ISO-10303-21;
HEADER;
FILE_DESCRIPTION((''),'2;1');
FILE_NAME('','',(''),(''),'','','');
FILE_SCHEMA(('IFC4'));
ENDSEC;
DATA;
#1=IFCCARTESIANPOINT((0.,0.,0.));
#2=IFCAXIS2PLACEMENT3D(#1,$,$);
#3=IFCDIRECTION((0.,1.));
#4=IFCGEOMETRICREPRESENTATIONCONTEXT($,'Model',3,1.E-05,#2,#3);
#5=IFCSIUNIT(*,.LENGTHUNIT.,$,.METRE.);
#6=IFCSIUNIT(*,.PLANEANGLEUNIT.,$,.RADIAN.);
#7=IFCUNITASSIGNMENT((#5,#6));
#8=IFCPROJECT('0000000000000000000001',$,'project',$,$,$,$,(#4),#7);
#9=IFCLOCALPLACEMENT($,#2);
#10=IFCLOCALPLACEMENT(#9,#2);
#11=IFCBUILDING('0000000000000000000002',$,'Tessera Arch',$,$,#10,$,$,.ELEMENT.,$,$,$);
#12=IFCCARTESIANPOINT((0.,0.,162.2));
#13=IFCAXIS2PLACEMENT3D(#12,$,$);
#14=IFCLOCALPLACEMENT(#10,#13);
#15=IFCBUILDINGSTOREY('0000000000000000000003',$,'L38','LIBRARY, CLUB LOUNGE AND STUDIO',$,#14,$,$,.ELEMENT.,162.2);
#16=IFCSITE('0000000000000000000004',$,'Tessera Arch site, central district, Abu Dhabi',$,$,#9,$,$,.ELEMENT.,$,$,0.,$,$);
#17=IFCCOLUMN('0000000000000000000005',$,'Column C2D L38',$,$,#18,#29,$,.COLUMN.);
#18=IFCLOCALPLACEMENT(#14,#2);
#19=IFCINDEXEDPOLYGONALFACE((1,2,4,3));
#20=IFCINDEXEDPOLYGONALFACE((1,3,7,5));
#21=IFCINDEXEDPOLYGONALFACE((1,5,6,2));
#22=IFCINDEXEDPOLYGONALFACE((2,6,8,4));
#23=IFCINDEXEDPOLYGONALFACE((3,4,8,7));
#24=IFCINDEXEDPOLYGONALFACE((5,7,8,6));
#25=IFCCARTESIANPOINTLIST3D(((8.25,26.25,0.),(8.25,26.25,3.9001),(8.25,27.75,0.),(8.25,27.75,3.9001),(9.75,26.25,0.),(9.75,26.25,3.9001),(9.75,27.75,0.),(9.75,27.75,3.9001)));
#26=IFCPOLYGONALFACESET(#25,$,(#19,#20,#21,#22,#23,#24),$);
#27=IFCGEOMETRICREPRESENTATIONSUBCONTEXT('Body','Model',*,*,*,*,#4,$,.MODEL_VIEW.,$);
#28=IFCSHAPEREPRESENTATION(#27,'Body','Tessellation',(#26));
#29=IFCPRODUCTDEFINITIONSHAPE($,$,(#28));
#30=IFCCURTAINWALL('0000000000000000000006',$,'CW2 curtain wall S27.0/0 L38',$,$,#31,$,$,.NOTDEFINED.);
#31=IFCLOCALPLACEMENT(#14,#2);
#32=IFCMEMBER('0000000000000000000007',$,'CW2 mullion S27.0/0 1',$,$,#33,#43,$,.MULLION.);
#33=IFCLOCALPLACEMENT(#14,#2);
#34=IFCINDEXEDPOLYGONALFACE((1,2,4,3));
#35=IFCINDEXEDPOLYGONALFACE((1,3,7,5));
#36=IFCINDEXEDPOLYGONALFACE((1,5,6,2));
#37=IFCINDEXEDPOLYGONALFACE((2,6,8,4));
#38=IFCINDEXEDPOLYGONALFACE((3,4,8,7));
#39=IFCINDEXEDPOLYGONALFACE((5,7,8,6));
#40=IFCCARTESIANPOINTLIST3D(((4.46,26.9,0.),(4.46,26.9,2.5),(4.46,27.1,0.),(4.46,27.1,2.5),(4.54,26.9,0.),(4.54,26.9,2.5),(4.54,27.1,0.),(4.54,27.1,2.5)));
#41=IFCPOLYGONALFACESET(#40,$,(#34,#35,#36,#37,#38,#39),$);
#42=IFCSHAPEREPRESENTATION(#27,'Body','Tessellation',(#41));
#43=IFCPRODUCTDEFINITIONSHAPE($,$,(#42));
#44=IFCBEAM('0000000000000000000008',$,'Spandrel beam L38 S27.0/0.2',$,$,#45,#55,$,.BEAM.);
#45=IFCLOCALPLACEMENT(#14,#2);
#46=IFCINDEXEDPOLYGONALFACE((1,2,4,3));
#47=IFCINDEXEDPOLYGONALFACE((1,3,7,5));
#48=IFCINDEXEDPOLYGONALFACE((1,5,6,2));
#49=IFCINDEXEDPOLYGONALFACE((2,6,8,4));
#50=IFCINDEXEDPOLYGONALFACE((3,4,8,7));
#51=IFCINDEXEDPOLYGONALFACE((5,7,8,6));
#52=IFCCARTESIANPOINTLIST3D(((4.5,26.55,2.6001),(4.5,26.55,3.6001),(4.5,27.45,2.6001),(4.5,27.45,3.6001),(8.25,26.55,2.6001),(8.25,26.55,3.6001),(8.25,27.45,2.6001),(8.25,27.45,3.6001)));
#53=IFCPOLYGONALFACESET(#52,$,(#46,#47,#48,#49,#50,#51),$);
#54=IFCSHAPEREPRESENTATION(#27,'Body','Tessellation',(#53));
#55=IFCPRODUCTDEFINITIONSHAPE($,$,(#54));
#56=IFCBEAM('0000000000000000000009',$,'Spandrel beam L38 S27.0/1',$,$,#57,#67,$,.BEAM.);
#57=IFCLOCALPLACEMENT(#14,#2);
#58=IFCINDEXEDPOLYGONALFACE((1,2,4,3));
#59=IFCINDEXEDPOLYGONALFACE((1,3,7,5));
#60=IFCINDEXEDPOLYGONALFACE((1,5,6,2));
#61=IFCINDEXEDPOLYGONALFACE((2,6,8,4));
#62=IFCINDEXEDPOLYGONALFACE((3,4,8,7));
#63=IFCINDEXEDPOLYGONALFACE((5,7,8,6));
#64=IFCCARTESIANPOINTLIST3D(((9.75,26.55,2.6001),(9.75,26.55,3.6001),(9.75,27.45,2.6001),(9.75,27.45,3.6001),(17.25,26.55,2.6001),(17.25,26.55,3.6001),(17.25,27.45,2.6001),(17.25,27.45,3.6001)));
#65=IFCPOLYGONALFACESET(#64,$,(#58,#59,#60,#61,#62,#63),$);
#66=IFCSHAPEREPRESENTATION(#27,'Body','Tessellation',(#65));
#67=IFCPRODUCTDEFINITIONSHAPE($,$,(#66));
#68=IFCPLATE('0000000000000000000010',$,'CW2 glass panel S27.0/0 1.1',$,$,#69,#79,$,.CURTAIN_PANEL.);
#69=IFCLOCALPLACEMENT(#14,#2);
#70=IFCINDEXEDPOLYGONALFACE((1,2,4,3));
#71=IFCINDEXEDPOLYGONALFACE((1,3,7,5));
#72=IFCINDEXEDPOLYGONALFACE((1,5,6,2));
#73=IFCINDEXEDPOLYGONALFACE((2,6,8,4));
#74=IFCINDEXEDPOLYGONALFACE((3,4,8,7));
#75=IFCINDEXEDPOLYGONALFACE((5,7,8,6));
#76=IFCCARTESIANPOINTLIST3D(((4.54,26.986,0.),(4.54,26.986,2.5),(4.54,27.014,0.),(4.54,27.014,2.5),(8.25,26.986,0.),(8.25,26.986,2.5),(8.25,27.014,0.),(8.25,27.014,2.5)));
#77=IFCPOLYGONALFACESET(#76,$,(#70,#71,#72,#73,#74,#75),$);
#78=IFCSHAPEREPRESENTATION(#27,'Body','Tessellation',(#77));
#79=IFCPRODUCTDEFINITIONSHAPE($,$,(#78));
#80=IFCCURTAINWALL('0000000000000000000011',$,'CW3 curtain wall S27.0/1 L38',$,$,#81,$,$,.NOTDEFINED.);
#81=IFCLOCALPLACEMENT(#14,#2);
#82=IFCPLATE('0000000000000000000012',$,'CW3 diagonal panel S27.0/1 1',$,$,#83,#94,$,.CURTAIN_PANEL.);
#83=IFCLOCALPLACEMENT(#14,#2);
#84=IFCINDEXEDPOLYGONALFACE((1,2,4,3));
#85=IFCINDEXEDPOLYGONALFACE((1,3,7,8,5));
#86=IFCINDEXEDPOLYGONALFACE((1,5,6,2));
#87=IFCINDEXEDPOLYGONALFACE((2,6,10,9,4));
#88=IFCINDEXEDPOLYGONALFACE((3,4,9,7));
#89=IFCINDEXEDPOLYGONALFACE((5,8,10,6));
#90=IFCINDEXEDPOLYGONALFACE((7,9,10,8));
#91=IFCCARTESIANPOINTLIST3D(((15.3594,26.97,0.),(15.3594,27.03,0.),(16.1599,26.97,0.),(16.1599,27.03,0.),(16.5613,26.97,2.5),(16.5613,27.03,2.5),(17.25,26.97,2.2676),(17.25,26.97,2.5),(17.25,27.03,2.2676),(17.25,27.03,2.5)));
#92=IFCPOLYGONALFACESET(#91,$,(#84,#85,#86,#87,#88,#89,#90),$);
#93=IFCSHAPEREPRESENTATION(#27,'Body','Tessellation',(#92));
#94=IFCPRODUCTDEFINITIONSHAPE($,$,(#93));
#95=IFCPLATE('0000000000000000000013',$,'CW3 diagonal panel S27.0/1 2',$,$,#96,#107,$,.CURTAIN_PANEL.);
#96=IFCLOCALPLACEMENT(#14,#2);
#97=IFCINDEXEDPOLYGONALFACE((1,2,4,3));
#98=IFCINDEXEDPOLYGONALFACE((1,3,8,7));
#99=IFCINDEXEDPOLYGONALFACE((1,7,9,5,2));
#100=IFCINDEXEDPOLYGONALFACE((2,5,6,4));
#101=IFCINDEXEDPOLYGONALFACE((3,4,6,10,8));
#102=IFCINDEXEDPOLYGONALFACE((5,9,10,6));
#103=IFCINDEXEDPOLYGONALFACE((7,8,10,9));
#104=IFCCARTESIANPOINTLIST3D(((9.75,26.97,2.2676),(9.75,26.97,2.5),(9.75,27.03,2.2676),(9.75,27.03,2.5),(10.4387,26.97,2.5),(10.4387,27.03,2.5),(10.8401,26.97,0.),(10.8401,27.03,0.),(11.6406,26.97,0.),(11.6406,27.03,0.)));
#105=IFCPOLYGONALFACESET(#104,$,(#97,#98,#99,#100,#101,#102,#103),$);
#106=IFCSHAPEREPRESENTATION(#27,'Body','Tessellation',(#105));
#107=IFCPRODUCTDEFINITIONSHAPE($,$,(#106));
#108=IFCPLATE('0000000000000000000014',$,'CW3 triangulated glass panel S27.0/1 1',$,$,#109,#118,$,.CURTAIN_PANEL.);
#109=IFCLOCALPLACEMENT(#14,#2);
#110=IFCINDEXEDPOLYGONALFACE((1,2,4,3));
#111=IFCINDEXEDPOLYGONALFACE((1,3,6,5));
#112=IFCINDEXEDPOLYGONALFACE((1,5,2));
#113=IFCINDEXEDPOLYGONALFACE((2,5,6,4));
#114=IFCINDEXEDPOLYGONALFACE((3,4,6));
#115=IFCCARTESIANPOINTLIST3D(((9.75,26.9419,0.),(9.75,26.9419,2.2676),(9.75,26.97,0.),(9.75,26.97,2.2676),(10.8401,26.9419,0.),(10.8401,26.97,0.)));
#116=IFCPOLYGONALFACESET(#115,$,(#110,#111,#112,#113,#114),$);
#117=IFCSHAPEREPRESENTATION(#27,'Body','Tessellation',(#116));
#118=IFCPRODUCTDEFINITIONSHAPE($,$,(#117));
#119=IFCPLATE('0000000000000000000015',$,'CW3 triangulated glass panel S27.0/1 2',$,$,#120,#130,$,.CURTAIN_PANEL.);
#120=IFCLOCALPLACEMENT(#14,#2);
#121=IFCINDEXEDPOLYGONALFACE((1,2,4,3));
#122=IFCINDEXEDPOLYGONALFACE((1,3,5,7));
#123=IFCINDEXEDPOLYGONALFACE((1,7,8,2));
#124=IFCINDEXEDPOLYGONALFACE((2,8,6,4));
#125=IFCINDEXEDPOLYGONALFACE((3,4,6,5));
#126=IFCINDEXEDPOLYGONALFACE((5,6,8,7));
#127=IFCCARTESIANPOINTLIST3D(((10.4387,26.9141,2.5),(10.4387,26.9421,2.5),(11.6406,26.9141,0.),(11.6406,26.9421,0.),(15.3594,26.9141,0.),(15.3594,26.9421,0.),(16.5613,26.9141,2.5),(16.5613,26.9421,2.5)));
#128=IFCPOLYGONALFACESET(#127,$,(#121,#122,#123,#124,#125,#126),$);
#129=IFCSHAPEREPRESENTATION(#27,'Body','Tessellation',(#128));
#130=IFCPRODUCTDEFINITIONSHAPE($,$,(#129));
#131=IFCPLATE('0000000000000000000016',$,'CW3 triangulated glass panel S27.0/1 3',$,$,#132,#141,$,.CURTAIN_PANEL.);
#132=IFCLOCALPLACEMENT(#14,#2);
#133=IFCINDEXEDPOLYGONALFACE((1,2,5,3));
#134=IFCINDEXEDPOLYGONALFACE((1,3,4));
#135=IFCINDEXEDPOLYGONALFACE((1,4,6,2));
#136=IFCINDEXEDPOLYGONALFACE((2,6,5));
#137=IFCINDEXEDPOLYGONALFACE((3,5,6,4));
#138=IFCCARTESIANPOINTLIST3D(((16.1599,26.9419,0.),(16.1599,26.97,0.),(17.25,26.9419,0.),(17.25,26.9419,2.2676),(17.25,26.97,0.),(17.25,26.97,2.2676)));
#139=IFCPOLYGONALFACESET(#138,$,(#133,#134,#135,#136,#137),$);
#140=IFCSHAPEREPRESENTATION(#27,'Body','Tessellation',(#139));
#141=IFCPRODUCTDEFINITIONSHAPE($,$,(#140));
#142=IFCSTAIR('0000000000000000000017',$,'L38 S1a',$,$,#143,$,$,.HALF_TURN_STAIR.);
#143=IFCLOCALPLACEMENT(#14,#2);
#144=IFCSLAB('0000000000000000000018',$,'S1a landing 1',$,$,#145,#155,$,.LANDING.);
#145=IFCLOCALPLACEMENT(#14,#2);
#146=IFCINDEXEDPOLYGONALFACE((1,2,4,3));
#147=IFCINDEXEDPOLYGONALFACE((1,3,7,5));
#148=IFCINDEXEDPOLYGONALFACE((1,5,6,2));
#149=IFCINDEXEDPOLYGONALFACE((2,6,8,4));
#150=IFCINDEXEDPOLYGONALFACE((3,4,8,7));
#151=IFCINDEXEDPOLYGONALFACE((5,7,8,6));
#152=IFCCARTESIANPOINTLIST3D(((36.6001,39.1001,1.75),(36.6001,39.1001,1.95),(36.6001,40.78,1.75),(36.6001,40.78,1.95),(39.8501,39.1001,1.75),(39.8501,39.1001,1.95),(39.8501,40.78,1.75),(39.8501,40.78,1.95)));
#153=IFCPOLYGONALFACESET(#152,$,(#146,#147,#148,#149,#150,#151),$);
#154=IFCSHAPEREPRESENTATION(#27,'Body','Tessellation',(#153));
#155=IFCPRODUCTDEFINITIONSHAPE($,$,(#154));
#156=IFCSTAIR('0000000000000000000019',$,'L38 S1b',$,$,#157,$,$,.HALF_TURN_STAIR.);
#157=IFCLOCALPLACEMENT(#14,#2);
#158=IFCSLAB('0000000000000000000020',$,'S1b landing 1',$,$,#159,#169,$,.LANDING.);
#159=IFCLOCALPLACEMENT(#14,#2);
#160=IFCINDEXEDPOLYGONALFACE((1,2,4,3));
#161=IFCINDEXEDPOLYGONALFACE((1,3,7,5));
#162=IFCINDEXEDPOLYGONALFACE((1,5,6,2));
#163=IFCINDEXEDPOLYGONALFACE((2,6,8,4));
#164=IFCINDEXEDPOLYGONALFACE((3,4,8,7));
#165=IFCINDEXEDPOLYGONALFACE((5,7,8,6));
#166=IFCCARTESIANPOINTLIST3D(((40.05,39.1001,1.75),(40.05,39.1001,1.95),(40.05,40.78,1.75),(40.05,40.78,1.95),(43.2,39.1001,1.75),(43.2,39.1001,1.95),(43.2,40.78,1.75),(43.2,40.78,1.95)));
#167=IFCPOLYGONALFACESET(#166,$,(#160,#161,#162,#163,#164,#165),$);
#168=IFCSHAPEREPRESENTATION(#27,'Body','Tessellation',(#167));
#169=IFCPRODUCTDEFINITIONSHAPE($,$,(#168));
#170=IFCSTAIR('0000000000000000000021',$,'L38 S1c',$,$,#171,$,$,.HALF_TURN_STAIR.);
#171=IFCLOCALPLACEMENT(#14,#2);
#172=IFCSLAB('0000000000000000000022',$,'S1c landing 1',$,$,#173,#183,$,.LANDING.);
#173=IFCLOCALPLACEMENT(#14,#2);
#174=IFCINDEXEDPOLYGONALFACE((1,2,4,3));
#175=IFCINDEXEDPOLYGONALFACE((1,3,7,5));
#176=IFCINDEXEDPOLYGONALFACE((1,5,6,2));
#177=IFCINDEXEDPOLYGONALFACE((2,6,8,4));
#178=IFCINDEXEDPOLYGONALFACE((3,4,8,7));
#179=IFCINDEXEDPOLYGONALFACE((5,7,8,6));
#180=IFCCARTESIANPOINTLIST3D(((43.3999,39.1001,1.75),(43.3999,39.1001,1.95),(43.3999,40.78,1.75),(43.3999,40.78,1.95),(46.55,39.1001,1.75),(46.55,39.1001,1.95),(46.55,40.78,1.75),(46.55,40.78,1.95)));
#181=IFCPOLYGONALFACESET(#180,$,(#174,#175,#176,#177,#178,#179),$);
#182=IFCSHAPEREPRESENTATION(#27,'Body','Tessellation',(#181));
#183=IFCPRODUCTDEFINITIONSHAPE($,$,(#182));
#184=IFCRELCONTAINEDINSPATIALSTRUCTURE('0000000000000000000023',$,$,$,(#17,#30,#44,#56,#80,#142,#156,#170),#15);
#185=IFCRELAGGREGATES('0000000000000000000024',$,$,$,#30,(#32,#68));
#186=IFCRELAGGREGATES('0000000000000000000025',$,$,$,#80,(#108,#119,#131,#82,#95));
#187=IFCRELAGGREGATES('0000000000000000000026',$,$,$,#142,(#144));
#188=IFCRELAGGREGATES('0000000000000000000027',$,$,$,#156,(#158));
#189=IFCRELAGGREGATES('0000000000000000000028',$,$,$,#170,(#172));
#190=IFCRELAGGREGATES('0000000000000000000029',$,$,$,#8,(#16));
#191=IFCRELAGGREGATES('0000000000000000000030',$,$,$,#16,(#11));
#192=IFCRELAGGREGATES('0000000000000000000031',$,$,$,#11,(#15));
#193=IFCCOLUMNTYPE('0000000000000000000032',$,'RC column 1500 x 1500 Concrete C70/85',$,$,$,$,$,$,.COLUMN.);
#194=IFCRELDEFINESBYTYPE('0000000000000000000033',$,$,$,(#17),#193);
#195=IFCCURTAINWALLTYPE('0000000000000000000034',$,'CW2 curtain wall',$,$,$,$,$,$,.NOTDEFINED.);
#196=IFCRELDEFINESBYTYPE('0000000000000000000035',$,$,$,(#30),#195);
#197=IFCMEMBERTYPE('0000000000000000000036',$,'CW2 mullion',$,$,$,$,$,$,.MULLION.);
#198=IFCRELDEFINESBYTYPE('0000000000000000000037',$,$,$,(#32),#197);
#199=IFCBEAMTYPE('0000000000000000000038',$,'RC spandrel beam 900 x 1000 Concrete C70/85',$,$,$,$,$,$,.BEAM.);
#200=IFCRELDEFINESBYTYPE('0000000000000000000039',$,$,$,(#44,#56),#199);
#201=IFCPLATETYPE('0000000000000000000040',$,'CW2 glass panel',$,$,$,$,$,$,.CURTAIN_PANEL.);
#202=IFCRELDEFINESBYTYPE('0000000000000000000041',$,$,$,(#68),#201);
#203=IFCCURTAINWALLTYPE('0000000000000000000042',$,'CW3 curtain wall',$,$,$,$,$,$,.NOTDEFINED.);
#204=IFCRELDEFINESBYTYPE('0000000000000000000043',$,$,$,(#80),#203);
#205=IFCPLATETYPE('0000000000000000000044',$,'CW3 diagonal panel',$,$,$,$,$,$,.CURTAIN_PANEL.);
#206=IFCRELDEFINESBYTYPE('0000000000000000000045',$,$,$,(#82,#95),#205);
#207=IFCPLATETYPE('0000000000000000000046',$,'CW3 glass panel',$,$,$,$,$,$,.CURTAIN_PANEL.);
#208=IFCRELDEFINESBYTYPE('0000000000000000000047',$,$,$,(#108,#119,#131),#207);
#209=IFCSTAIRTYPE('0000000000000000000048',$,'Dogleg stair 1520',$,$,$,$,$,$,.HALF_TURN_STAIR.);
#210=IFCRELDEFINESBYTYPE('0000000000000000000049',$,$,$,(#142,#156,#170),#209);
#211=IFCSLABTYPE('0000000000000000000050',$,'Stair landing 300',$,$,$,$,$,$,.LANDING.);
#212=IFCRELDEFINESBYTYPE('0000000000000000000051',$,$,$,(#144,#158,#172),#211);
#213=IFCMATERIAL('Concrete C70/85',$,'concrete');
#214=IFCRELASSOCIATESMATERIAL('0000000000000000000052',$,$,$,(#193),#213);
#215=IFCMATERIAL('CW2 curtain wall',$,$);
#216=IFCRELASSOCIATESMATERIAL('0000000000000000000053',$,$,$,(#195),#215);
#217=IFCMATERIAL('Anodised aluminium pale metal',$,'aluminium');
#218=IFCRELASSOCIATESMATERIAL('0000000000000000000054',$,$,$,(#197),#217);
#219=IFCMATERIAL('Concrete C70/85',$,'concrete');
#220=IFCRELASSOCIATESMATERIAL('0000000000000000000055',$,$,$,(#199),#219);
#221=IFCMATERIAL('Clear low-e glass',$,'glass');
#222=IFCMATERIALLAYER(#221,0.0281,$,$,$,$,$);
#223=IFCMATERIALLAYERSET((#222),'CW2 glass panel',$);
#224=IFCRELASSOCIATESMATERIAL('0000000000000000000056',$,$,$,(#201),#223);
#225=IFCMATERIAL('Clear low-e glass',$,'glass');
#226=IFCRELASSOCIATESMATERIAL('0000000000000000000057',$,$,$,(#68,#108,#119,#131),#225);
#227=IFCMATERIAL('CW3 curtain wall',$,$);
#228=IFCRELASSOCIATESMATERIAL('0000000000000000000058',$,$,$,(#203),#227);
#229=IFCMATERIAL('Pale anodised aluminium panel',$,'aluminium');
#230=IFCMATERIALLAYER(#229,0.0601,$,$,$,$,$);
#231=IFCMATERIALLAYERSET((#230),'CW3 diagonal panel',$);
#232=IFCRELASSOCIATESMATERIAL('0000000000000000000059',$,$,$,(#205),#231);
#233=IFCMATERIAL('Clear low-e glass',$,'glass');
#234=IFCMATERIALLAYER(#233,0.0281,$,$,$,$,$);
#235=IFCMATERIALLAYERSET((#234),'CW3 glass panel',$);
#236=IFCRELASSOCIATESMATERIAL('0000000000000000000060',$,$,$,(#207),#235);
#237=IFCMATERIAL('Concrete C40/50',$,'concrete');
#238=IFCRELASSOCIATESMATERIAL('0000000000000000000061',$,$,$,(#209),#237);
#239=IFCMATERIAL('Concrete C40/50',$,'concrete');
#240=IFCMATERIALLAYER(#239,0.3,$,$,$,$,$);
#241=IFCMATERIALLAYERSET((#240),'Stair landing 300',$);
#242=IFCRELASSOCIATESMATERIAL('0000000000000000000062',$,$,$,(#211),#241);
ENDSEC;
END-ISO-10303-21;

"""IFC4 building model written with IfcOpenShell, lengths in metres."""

from ifc_helpers import new_model, si_unit, direction, frame, origin, origin_2d, place, context, subcontext, project, spatial, polyline, rectangle, outline, extrude, material, layer, layer_set, material_profile, profile_set, type_object, element, aggregate, save


model = new_model("IFC4")

# Units and contexts
model_context = context("Model", 3, precision=1e-05, world=origin(), true_north=direction((0.0, 1.0)))
body_context = subcontext(model_context, "Body", "Model", "MODEL_VIEW")
ifc_project = project(units=[si_unit("LENGTHUNIT", "METRE"), si_unit("PLANEANGLEUNIT", "RADIAN")], contexts=[model_context])

# Site, building, storey
site_placement = place(None, origin())
site = spatial("IfcSite", under=ifc_project, at=site_placement, Name="Tessera Arch site, central district, Abu Dhabi", CompositionType="ELEMENT", RefElevation=0.0)
building_placement = place(site_placement, origin())
building = spatial("IfcBuilding", under=site, at=building_placement, Name="Tessera Arch", CompositionType="ELEMENT")
storey_placement = place(building_placement, frame((0.0, 0.0, 162.2)))
storey = spatial("IfcBuildingStorey", under=building, at=storey_placement, Name="L38", Description="LIBRARY, CLUB LOUNGE AND STUDIO", CompositionType="ELEMENT", Elevation=162.2)

# Column
ifc_material_1 = material(Name="Concrete C70/85", Category="concrete")
ifc_material_profile_1 = material_profile(ifc_material_1, rectangle(XDim=1.5, YDim=1.5, at=origin_2d()), Name="RC column 1500 x 1500 Concrete C70/85")
ifc_profile_set_1 = profile_set([ifc_material_profile_1], Name="Concrete C70/85")
column_type = type_object("IfcColumnType", Name="RC column 1500 x 1500 Concrete C70/85", PredefinedType="COLUMN", material=ifc_profile_set_1)
column_placement = place(storey_placement, frame((9.0, 27.0, 0.0), z_axis=(0.0, 0.0, 1.0), x_axis=(1.0, 0.0, 0.0)))
element("IfcColumn", 1, at=column_placement, inside=storey, type_object=column_type, Name="Column C2D L38", PredefinedType="COLUMN", context=body_context, shape_type="SweptSolid", body=[
    extrude(rectangle(XDim=1.5, YDim=1.5, at=origin_2d()), origin(), (0.0, 0.0, 1.0), 3.9001),
])

# Curtain wall, member
ifc_material_2 = material(Name="CW2 curtain wall")
curtain_wall_type_1 = type_object("IfcCurtainWallType", Name="CW2 curtain wall", PredefinedType="NOTDEFINED", material=ifc_material_2)
curtain_wall_1_placement = place(storey_placement, origin())
curtain_wall_1 = element("IfcCurtainWall", 2, at=curtain_wall_1_placement, inside=storey, type_object=curtain_wall_type_1, Name="CW2 curtain wall S27.0/0 L38", PredefinedType="NOTDEFINED")
ifc_material_3 = material(Name="Anodised aluminium pale metal", Category="aluminium")
ifc_material_profile_2 = material_profile(ifc_material_3, rectangle(XDim=0.2, YDim=0.0801, at=origin_2d()), Name="AL 80x200")
ifc_profile_set_2 = profile_set([ifc_material_profile_2], Name="Anodised aluminium pale metal")
member_type = type_object("IfcMemberType", Name="CW2 mullion", PredefinedType="MULLION", material=ifc_profile_set_2)
member_placement = place(storey_placement, frame((4.5, 27.0, 0.0), z_axis=(0.0, 0.0, 1.0), x_axis=(0.0, 1.0, 0.0)))
member = element("IfcMember", 3, at=member_placement, type_object=member_type, Name="CW2 mullion S27.0/0 1", PredefinedType="MULLION", context=body_context, shape_type="SweptSolid", body=[
    extrude(rectangle(XDim=0.2, YDim=0.0801, at=origin_2d()), origin(), (0.0, 0.0, 1.0), 2.5),
])

# Beams
ifc_material_4 = material(Name="Concrete C70/85", Category="concrete")
ifc_material_profile_3 = material_profile(ifc_material_4, rectangle(XDim=0.8999, YDim=1.0, at=origin_2d()), Name="RC spandrel beam 900 x 1000 Concrete C70/85")
ifc_profile_set_3 = profile_set([ifc_material_profile_3], Name="Concrete C70/85")
beam_type = type_object("IfcBeamType", Name="RC spandrel beam 900 x 1000 Concrete C70/85", PredefinedType="BEAM", material=ifc_profile_set_3)
beam_1_placement = place(storey_placement, frame((4.5, 27.0, 3.1001), z_axis=(1.0, 0.0, 0.0), x_axis=(0.0, 1.0, 0.0)))
element("IfcBeam", 4, at=beam_1_placement, inside=storey, type_object=beam_type, Name="Spandrel beam L38 S27.0/0.2", PredefinedType="BEAM", context=body_context, shape_type="SweptSolid", body=[
    extrude(rectangle(XDim=0.8999, YDim=1.0, at=origin_2d()), origin(), (0.0, 0.0, 1.0), 3.75),
])
beam_2_placement = place(storey_placement, frame((9.75, 27.0, 3.1001), z_axis=(1.0, 0.0, 0.0), x_axis=(0.0, 1.0, 0.0)))
element("IfcBeam", 5, at=beam_2_placement, inside=storey, type_object=beam_type, Name="Spandrel beam L38 S27.0/1", PredefinedType="BEAM", context=body_context, shape_type="SweptSolid", body=[
    extrude(rectangle(XDim=0.8999, YDim=1.0, at=origin_2d()), origin(), (0.0, 0.0, 1.0), 7.5),
])

# Plate
ifc_material_5 = material(Name="Clear low-e glass", Category="glass")
ifc_material_6 = material(Name="Clear low-e glass", Category="glass")
ifc_layer_1 = layer(ifc_material_6, 0.0281)
ifc_layer_set_1 = layer_set([ifc_layer_1], Name="CW2 glass panel")
plate_type_1 = type_object("IfcPlateType", Name="CW2 glass panel", PredefinedType="CURTAIN_PANEL", material=ifc_layer_set_1)
plate_1_placement = place(storey_placement, frame((6.395, 27.0, 0.0), z_axis=(0.0, 0.0, 1.0), x_axis=(1.0, 0.0, 0.0)))
plate_1 = element("IfcPlate", 6, at=plate_1_placement, type_object=plate_type_1, material=ifc_material_5, Name="CW2 glass panel S27.0/0 1.1", PredefinedType="CURTAIN_PANEL", context=body_context, shape_type="SweptSolid", body=[
    extrude(rectangle(XDim=3.71, YDim=0.0281, at=origin_2d()), origin(), (0.0, 0.0, 1.0), 2.5),
])
aggregate(curtain_wall_1, [member, plate_1])

# Curtain wall, plates
ifc_material_7 = material(Name="CW3 curtain wall")
curtain_wall_type_2 = type_object("IfcCurtainWallType", Name="CW3 curtain wall", PredefinedType="NOTDEFINED", material=ifc_material_7)
curtain_wall_2_placement = place(storey_placement, origin())
curtain_wall_2 = element("IfcCurtainWall", 7, at=curtain_wall_2_placement, inside=storey, type_object=curtain_wall_type_2, Name="CW3 curtain wall S27.0/1 L38", PredefinedType="NOTDEFINED")
ifc_material_8 = material(Name="Pale anodised aluminium panel", Category="aluminium")
ifc_layer_2 = layer(ifc_material_8, 0.0601)
ifc_layer_set_2 = layer_set([ifc_layer_2], Name="CW3 diagonal panel")
plate_type_2 = type_object("IfcPlateType", Name="CW3 diagonal panel", PredefinedType="CURTAIN_PANEL", material=ifc_layer_set_2)
plate_2_placement = place(storey_placement, frame((17.25, 26.97, 2.5), z_axis=(0.0, -1.0, 0.0), x_axis=(-1.0, 0.0, 0.0)))
plate_2 = element("IfcPlate", 8, at=plate_2_placement, type_object=plate_type_2, Name="CW3 diagonal panel S27.0/1 1", PredefinedType="CURTAIN_PANEL", context=body_context, shape_type="SweptSolid", body=[
    extrude(outline(polyline([(0.0, 0.0), (0.6887, 0.0), (1.8906, 2.5), (1.0901, 2.5), (0.0, 0.2324), (0.0, 0.0)])), origin(), (0.0, 0.0, -1.0), 0.0601),
])
plate_3_placement = place(storey_placement, frame((9.75, 26.97, 2.5), z_axis=(0.0, -1.0, 0.0), x_axis=(0.0, 0.0, -1.0)))
plate_3 = element("IfcPlate", 9, at=plate_3_placement, type_object=plate_type_2, Name="CW3 diagonal panel S27.0/1 2", PredefinedType="CURTAIN_PANEL", context=body_context, shape_type="SweptSolid", body=[
    extrude(outline(polyline([(0.0, 0.0), (0.2324, 0.0), (2.5, 1.0901), (2.5, 1.8906), (0.0, 0.6887), (0.0, 0.0)])), origin(), (0.0, 0.0, -1.0), 0.0601),
])
ifc_material_9 = material(Name="Clear low-e glass", Category="glass")
ifc_layer_3 = layer(ifc_material_9, 0.0281)
ifc_layer_set_3 = layer_set([ifc_layer_3], Name="CW3 glass panel")
plate_type_3 = type_object("IfcPlateType", Name="CW3 glass panel", PredefinedType="CURTAIN_PANEL", material=ifc_layer_set_3)
plate_4_placement = place(storey_placement, frame((9.75, 26.9419, 0.0), z_axis=(0.0, -1.0, 0.0), x_axis=(1.0, 0.0, 0.0)))
plate_4 = element("IfcPlate", 10, at=plate_4_placement, type_object=plate_type_3, material=ifc_material_5, Name="CW3 triangulated glass panel S27.0/1 1", PredefinedType="CURTAIN_PANEL", context=body_context, shape_type="SweptSolid", body=[
    extrude(outline(polyline([(0.0, 0.0), (1.0901, 0.0), (0.0, 2.2676), (0.0, 0.0)])), origin(), (0.0, 0.0, -1.0), 0.0281),
])
plate_5_placement = place(storey_placement, frame((16.5613, 26.9141, 2.5), z_axis=(0.0, -1.0, 0.0), x_axis=(-1.0, 0.0, 0.0)))
plate_5 = element("IfcPlate", 11, at=plate_5_placement, type_object=plate_type_3, material=ifc_material_5, Name="CW3 triangulated glass panel S27.0/1 2", PredefinedType="CURTAIN_PANEL", context=body_context, shape_type="SweptSolid", body=[
    extrude(outline(polyline([(0.0, 0.0), (6.1226, 0.0), (4.9207, 2.5), (1.2019, 2.5), (0.0, 0.0)])), origin(), (0.0, 0.0, -1.0), 0.0281),
])
plate_6_placement = place(storey_placement, frame((17.25, 26.9419, 0.0), z_axis=(0.0, -1.0, 0.0), x_axis=(0.0, 0.0, 1.0)))
plate_6 = element("IfcPlate", 12, at=plate_6_placement, type_object=plate_type_3, material=ifc_material_5, Name="CW3 triangulated glass panel S27.0/1 3", PredefinedType="CURTAIN_PANEL", context=body_context, shape_type="SweptSolid", body=[
    extrude(outline(polyline([(0.0, 0.0), (2.2676, 0.0), (0.0, 1.0901), (0.0, 0.0)])), origin(), (0.0, 0.0, -1.0), 0.0281),
])
aggregate(curtain_wall_2, [plate_4, plate_5, plate_6, plate_2, plate_3])

# Stairs, slabs
ifc_material_10 = material(Name="Concrete C40/50", Category="concrete")
stair_type_1 = type_object("IfcStairType", Name="Dogleg stair 1520", PredefinedType="HALF_TURN_STAIR", material=ifc_material_10)
stair_1_placement = place(storey_placement, origin())
stair_1 = element("IfcStair", 13, at=stair_1_placement, inside=storey, type_object=stair_type_1, Name="L38 S1a", PredefinedType="HALF_TURN_STAIR")
ifc_material_11 = material(Name="Concrete C40/50", Category="concrete")
ifc_layer_4 = layer(ifc_material_11, 0.3)
ifc_layer_set_4 = layer_set([ifc_layer_4], Name="Stair landing 300")
slab_type = type_object("IfcSlabType", Name="Stair landing 300", PredefinedType="LANDING", material=ifc_layer_set_4)
slab_1_placement = place(storey_placement, frame((0.0, 0.0, 1.75)))
slab_1 = element("IfcSlab", 14, at=slab_1_placement, type_object=slab_type, Name="S1a landing 1", PredefinedType="LANDING", context=body_context, shape_type="SweptSolid", body=[
    extrude(outline(polyline([(36.6001, 40.78), (36.6001, 39.1001), (39.8501, 39.1001), (39.8501, 40.78), (36.6001, 40.78)])), origin(), (0.0, 0.0, 1.0), 0.2),
])
aggregate(stair_1, [slab_1])
stair_2_placement = place(storey_placement, origin())
stair_2 = element("IfcStair", 15, at=stair_2_placement, inside=storey, type_object=stair_type_1, Name="L38 S1b", PredefinedType="HALF_TURN_STAIR")
slab_2_placement = place(storey_placement, frame((0.0, 0.0, 1.75)))
slab_2 = element("IfcSlab", 16, at=slab_2_placement, type_object=slab_type, Name="S1b landing 1", PredefinedType="LANDING", context=body_context, shape_type="SweptSolid", body=[
    extrude(outline(polyline([(40.05, 40.78), (40.05, 39.1001), (43.2, 39.1001), (43.2, 40.78), (40.05, 40.78)])), origin(), (0.0, 0.0, 1.0), 0.2),
])
aggregate(stair_2, [slab_2])
stair_3_placement = place(storey_placement, origin())
stair_3 = element("IfcStair", 17, at=stair_3_placement, inside=storey, type_object=stair_type_1, Name="L38 S1c", PredefinedType="HALF_TURN_STAIR")
slab_3_placement = place(storey_placement, frame((0.0, 0.0, 1.75)))
slab_3 = element("IfcSlab", 18, at=slab_3_placement, type_object=slab_type, Name="S1c landing 1", PredefinedType="LANDING", context=body_context, shape_type="SweptSolid", body=[
    extrude(outline(polyline([(43.3999, 40.78), (43.3999, 39.1001), (46.55, 39.1001), (46.55, 40.78), (43.3999, 40.78)])), origin(), (0.0, 0.0, 1.0), 0.2),
])
aggregate(stair_3, [slab_3])

save(model, "model.ifc")
